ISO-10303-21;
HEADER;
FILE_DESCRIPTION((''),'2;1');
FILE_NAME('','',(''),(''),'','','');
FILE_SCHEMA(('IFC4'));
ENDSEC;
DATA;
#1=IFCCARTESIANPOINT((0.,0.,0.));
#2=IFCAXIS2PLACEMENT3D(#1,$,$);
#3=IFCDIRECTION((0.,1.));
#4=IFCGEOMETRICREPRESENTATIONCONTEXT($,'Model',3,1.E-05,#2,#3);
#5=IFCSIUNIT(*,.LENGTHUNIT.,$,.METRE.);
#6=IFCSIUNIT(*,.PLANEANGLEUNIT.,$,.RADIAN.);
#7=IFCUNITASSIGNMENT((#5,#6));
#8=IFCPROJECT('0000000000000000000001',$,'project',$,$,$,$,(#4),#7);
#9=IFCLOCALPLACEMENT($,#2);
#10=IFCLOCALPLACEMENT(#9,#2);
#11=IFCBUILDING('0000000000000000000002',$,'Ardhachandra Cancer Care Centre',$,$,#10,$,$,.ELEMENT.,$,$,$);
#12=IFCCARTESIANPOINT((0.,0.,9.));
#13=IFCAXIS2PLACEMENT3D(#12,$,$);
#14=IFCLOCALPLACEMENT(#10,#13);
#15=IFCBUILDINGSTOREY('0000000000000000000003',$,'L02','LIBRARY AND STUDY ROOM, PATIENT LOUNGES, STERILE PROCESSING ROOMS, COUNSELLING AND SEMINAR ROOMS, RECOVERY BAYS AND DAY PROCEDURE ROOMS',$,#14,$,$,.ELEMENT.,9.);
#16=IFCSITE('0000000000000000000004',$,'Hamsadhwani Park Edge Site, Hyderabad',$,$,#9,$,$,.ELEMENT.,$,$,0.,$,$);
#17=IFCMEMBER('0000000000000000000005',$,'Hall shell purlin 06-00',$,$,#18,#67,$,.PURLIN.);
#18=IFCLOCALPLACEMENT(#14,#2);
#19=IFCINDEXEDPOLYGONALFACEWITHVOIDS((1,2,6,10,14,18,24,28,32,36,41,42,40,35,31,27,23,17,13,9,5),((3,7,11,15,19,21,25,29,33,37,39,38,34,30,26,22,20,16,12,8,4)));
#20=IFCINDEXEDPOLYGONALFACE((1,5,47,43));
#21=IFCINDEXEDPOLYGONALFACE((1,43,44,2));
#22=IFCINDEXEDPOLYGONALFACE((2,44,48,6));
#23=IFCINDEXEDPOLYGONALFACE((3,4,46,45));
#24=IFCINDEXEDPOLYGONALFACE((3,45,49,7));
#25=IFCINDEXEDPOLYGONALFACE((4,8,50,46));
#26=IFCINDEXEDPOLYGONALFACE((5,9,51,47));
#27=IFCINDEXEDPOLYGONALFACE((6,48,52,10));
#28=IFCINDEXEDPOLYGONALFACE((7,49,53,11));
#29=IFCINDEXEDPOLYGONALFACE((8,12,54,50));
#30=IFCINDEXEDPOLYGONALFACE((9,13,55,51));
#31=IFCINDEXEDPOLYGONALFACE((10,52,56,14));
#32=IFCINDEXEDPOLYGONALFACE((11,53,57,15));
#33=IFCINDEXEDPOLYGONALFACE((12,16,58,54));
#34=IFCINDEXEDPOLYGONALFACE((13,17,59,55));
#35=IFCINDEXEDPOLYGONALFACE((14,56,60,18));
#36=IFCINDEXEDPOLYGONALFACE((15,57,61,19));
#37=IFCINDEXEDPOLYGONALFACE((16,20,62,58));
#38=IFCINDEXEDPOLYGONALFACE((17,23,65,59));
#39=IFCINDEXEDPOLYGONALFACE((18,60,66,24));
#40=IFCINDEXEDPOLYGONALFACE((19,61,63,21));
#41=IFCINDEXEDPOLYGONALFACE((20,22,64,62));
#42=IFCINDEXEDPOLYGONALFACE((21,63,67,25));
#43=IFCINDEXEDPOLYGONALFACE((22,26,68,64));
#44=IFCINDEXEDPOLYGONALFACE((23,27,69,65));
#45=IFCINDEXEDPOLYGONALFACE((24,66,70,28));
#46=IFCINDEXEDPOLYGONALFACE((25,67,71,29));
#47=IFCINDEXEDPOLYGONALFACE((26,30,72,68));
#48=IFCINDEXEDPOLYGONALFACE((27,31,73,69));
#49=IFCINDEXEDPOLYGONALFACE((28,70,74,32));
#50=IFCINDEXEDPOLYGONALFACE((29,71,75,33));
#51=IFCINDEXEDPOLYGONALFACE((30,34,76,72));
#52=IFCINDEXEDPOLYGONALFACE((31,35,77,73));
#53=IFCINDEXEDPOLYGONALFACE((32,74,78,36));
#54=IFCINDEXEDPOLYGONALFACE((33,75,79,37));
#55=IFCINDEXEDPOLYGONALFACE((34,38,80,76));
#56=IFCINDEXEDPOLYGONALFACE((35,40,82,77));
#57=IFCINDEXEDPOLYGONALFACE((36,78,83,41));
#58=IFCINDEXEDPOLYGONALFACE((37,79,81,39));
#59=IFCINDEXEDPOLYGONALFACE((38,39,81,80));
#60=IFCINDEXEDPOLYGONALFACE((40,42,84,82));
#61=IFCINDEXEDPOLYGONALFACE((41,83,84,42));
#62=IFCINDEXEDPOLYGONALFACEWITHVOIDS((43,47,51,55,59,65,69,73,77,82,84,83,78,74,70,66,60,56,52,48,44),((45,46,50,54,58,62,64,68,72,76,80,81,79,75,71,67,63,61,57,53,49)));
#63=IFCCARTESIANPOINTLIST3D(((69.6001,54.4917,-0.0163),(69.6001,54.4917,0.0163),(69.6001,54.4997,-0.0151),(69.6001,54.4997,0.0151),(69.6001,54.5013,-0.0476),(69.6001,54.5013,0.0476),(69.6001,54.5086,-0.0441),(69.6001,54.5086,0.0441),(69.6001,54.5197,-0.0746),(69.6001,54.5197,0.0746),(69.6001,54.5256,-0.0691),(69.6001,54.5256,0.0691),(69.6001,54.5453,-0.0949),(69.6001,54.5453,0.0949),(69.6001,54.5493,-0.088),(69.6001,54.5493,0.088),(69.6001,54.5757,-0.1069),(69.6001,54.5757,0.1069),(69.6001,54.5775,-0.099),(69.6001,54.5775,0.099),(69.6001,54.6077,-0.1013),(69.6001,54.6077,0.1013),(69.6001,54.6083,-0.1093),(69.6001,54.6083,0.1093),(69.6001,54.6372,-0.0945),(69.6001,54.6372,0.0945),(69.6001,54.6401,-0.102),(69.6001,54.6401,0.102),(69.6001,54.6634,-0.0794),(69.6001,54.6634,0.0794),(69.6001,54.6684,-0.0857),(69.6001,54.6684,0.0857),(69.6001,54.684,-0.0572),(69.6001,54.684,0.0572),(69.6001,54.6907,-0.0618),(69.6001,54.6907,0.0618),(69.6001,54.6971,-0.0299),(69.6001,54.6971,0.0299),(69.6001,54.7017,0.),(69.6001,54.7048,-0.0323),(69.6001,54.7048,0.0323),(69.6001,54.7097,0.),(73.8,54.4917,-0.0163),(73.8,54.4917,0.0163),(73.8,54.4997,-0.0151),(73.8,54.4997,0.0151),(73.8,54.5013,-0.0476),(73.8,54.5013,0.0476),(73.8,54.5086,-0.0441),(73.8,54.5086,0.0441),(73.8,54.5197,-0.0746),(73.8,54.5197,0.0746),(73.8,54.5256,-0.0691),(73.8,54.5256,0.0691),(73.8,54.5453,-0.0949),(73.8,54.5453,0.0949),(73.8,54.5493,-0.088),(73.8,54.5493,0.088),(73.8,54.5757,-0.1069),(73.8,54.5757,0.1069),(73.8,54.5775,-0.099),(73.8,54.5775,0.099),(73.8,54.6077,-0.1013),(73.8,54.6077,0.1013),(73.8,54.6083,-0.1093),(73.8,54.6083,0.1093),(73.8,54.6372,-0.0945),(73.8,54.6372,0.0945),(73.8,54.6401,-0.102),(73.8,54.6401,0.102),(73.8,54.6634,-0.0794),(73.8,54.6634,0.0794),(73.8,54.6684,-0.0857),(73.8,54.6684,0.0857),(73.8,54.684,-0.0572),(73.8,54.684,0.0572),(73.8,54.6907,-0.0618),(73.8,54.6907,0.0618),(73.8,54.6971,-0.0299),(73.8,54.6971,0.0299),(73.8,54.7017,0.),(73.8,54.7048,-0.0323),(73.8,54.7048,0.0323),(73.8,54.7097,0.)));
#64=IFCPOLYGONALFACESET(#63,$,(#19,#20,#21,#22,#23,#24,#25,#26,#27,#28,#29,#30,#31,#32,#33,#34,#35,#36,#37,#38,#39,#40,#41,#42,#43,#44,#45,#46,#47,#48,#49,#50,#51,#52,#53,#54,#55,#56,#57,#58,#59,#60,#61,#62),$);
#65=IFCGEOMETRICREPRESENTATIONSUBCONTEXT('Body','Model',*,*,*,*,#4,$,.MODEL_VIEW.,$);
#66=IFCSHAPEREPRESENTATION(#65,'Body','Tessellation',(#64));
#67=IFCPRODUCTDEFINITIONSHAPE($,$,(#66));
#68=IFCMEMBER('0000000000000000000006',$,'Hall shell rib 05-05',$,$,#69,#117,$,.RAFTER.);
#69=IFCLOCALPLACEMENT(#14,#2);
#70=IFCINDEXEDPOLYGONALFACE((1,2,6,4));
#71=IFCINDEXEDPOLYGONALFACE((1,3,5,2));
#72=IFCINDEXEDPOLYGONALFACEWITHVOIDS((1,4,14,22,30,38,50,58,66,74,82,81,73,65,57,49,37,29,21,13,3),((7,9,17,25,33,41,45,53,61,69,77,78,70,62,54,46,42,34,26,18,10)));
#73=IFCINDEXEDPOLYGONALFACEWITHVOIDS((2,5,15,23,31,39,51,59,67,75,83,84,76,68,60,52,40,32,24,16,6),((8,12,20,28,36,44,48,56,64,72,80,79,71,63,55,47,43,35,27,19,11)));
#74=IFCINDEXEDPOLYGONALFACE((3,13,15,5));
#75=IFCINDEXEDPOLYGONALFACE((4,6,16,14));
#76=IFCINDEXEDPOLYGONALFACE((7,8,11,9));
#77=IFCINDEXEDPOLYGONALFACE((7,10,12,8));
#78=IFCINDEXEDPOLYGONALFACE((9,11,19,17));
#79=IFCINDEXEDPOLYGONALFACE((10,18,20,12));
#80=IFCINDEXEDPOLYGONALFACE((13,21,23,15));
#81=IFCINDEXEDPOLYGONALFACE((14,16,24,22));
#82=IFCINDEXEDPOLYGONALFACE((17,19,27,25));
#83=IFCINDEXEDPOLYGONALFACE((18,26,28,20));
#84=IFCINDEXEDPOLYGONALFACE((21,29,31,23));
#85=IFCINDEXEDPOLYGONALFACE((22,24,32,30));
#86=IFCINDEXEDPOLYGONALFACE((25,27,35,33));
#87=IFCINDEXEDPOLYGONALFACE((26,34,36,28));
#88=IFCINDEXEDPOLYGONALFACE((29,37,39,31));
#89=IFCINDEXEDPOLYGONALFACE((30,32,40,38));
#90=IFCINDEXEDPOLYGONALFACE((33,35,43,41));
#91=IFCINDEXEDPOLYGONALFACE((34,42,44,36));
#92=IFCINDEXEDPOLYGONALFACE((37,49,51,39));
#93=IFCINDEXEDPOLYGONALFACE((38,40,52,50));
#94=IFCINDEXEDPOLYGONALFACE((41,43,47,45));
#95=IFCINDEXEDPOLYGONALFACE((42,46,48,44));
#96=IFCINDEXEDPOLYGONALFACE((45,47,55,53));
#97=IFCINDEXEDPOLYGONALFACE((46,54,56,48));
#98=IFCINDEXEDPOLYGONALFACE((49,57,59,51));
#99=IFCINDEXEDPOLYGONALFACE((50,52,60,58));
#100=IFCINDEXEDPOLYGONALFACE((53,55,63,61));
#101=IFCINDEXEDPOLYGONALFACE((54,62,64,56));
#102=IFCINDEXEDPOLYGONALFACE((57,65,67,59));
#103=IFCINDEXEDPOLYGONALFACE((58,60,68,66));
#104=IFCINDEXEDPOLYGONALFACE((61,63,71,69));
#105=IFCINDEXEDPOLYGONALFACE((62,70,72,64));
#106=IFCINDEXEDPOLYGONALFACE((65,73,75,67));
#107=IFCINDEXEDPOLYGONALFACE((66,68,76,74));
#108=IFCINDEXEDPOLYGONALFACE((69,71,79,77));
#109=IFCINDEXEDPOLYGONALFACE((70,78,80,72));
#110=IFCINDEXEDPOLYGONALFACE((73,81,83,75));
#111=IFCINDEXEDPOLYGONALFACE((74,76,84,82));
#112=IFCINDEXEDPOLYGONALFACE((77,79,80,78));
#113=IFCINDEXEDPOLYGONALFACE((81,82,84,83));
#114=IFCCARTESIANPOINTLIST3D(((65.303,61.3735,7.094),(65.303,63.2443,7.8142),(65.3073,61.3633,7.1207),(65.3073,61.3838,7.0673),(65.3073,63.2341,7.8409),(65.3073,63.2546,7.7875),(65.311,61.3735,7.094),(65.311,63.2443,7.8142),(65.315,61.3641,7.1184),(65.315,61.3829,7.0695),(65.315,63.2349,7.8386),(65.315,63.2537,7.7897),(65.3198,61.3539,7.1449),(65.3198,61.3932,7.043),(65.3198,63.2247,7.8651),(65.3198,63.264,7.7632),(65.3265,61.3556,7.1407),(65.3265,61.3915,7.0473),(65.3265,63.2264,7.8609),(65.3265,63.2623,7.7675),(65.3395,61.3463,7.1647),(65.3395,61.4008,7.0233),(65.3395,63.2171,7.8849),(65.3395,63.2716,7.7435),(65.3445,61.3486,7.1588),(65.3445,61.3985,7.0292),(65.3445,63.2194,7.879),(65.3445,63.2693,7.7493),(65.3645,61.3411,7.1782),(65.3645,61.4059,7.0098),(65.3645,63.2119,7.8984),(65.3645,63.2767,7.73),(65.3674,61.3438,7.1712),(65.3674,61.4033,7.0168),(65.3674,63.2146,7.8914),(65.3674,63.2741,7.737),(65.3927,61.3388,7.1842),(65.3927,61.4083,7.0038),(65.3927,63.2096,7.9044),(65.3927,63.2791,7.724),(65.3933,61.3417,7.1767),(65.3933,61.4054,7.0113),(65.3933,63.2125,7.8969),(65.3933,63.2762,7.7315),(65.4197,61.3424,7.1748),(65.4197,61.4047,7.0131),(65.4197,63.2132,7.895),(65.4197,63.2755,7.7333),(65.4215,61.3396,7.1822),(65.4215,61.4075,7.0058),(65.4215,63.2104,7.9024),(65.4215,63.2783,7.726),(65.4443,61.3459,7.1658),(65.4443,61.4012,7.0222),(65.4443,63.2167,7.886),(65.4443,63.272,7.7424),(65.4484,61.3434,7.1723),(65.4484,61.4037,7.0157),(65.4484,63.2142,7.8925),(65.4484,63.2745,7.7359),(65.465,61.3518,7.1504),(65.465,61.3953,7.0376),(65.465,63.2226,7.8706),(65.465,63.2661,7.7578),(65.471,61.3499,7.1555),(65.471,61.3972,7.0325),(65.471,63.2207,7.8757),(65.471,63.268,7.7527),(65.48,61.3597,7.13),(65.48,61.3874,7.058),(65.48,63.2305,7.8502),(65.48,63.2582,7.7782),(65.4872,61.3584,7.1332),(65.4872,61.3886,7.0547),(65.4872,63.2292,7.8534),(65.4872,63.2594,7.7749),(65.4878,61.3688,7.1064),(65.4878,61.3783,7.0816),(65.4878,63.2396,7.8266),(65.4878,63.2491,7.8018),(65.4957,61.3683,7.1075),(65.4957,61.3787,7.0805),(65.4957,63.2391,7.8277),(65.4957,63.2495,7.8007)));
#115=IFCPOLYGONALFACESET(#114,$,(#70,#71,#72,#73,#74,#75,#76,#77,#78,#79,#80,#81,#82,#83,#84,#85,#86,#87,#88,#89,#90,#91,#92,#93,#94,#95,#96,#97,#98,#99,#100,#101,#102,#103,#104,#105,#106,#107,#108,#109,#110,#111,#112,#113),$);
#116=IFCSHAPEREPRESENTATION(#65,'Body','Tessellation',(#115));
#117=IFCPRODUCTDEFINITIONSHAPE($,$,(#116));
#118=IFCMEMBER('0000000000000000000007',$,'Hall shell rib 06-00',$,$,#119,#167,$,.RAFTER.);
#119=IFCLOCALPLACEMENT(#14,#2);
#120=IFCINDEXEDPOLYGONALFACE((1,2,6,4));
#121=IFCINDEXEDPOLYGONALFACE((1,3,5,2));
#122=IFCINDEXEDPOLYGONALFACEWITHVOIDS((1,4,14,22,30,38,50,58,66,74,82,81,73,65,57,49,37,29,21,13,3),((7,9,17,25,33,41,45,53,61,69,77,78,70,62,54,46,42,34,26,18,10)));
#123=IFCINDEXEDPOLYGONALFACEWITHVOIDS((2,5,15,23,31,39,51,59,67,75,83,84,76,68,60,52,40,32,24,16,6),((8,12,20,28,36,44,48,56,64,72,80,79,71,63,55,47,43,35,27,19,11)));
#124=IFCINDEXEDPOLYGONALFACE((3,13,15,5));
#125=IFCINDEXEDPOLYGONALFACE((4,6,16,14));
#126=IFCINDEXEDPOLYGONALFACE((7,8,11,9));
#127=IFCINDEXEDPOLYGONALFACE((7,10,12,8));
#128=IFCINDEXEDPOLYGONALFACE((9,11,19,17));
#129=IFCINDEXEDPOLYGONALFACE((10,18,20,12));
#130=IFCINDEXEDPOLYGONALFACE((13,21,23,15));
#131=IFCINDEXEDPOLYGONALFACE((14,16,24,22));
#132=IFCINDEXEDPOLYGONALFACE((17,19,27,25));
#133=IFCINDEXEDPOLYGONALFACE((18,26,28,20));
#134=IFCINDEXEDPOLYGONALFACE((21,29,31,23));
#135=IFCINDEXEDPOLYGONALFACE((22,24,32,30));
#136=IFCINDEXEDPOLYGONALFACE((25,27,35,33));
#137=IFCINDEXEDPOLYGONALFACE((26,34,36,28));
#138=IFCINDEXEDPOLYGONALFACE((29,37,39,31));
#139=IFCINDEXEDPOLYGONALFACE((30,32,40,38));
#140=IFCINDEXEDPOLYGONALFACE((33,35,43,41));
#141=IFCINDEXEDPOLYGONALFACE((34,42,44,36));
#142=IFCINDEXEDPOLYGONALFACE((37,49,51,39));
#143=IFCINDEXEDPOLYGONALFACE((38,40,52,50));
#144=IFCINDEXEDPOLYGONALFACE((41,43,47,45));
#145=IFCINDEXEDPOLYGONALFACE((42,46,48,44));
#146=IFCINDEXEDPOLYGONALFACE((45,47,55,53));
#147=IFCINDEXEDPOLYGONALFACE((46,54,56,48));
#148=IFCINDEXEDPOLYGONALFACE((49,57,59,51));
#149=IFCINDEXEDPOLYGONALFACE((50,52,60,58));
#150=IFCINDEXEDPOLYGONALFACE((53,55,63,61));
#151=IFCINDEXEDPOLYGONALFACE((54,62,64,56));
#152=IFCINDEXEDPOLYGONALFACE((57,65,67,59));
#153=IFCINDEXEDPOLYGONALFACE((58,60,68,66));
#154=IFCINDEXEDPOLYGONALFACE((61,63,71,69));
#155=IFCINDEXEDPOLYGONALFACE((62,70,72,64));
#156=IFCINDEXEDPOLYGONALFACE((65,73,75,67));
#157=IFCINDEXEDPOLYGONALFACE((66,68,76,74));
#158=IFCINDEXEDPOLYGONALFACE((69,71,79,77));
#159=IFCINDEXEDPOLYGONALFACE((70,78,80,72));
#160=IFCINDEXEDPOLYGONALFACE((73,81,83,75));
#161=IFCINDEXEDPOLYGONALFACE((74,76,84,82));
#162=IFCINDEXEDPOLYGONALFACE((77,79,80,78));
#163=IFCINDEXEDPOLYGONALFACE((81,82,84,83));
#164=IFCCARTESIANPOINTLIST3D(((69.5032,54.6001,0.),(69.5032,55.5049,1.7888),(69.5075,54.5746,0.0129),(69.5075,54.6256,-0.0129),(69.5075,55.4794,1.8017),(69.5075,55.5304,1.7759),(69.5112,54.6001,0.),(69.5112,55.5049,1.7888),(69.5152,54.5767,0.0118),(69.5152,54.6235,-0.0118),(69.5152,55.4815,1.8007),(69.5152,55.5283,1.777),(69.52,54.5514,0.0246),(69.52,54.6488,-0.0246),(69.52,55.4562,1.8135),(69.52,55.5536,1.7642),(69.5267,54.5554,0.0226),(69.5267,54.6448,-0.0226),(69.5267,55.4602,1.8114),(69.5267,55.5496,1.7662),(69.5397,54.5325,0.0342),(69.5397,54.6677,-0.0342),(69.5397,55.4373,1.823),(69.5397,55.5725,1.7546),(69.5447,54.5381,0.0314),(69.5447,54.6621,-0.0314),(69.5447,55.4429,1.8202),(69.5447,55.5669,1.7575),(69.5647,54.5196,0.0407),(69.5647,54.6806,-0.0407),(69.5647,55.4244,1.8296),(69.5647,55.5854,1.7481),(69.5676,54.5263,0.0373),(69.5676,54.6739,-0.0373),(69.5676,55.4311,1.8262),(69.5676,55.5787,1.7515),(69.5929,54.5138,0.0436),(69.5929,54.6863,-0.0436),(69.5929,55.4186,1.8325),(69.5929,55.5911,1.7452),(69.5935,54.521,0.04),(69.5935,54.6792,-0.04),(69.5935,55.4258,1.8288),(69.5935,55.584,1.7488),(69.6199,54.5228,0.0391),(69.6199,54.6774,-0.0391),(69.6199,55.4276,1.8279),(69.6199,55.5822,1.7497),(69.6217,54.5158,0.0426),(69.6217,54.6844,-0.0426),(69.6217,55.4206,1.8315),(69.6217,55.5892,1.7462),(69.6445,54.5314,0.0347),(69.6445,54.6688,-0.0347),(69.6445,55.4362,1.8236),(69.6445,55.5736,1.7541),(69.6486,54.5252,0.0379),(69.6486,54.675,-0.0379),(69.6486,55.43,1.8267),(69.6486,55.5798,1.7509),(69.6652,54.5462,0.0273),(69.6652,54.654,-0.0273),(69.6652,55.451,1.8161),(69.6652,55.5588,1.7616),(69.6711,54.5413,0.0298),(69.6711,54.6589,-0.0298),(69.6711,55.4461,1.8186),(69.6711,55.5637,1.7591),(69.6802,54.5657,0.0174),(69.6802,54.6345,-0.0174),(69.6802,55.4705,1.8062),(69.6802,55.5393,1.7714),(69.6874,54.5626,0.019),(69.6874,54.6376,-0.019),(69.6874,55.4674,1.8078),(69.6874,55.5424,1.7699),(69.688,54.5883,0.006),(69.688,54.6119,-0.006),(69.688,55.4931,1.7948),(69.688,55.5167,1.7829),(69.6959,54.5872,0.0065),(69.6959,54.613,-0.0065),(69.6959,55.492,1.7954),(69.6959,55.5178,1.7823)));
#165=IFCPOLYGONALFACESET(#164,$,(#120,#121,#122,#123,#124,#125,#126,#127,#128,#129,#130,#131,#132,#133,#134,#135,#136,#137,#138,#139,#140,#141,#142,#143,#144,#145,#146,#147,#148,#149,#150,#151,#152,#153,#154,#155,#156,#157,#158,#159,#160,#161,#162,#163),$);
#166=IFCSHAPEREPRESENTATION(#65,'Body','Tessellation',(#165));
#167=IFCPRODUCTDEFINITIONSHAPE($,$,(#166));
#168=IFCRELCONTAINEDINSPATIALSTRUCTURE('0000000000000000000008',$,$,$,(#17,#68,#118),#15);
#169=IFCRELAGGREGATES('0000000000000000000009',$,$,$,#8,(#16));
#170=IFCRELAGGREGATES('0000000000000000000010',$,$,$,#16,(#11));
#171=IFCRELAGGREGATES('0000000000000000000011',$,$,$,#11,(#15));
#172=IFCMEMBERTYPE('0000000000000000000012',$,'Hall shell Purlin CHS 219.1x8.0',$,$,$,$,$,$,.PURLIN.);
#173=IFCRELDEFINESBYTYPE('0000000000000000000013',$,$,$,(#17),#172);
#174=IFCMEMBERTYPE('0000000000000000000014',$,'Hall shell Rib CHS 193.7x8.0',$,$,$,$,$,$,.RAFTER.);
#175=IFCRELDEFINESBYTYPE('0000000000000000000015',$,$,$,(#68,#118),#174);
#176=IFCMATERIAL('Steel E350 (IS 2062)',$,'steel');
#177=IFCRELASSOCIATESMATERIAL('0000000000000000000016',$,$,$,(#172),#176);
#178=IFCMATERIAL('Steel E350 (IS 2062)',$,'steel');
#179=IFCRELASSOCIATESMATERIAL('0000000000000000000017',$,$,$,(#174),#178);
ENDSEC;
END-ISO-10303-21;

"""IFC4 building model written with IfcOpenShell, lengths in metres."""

from ifc_helpers import new_model, si_unit, direction, frame, origin, origin_2d, place, context, subcontext, project, spatial, hollow_circle, extrude, material, material_profile, profile_set, type_object, element, save


model = new_model("IFC4")

# Units and contexts
model_context = context("Model", 3, precision=1e-05, world=origin(), true_north=direction((0.0, 1.0)))
body_context = subcontext(model_context, "Body", "Model", "MODEL_VIEW")
ifc_project = project(units=[si_unit("LENGTHUNIT", "METRE"), si_unit("PLANEANGLEUNIT", "RADIAN")], contexts=[model_context])

# Site, building, storey
site_placement = place(None, origin())
site = spatial("IfcSite", under=ifc_project, at=site_placement, Name="Hamsadhwani Park Edge Site, Hyderabad", CompositionType="ELEMENT", RefElevation=0.0)
building_placement = place(site_placement, origin())
building = spatial("IfcBuilding", under=site, at=building_placement, Name="Ardhachandra Cancer Care Centre", CompositionType="ELEMENT")
storey_placement = place(building_placement, frame((0.0, 0.0, 9.0)))
storey = spatial("IfcBuildingStorey", under=building, at=storey_placement, Name="L02", Description="LIBRARY AND STUDY ROOM, PATIENT LOUNGES, STERILE PROCESSING ROOMS, COUNSELLING AND SEMINAR ROOMS, RECOVERY BAYS AND DAY PROCEDURE ROOMS", CompositionType="ELEMENT", Elevation=9.0)

# Members
ifc_material_1 = material(Name="Steel E350 (IS 2062)", Category="steel")
ifc_material_profile_1 = material_profile(ifc_material_1, hollow_circle(Radius=0.1096, WallThickness=0.0081, at=origin_2d()), Name="CHS 219.1x8.0")
ifc_profile_set_1 = profile_set([ifc_material_profile_1], Name="Steel E350 (IS 2062)")
member_type_1 = type_object("IfcMemberType", Name="Hall shell Purlin CHS 219.1x8.0", PredefinedType="PURLIN", material=ifc_profile_set_1)
member_1_placement = place(storey_placement, frame((69.6001, 54.6001, 0.0), z_axis=(1.0, 0.0, 0.0), x_axis=(0.0, 1.0, 0.0)))
element("IfcMember", 1, at=member_1_placement, inside=storey, type_object=member_type_1, Name="Hall shell purlin 06-00", PredefinedType="PURLIN", context=body_context, shape_type="SweptSolid", body=[
    extrude(hollow_circle(Radius=0.1096, WallThickness=0.0081, at=origin_2d()), origin(), (0.0, 0.0, 1.0), 4.2),
])
ifc_material_2 = material(Name="Steel E350 (IS 2062)", Category="steel")
ifc_material_profile_2 = material_profile(ifc_material_2, hollow_circle(Radius=0.0969, WallThickness=0.0081, at=origin_2d()), Name="CHS 193.7x8.0")
ifc_profile_set_2 = profile_set([ifc_material_profile_2], Name="Steel E350 (IS 2062)")
member_type_2 = type_object("IfcMemberType", Name="Hall shell Rib CHS 193.7x8.0", PredefinedType="RAFTER", material=ifc_profile_set_2)
for number, where, z_axis, x_axis, name in (
    (2, (65.3999, 61.3735, 7.094), (0.0, 0.933236, 0.359265), (-1.0, 0.0, 0.0), "Hall shell rib 05-05"),
    (3, (69.6001, 54.6001, 0.0), (0.0, 0.45135, 0.892347), (-1.0, 0.0, 0.0), "Hall shell rib 06-00"),
):
    element("IfcMember", number, at=place(storey_placement, frame(where, z_axis=z_axis, x_axis=x_axis)), inside=storey, type_object=member_type_2, Name=name, PredefinedType="RAFTER", context=body_context, shape_type="SweptSolid", body=[
        extrude(hollow_circle(Radius=0.0969, WallThickness=0.0081, at=origin_2d()), origin(), (0.0, 0.0, 1.0), 2.0046),
    ])

save(model, "model.ifc")
